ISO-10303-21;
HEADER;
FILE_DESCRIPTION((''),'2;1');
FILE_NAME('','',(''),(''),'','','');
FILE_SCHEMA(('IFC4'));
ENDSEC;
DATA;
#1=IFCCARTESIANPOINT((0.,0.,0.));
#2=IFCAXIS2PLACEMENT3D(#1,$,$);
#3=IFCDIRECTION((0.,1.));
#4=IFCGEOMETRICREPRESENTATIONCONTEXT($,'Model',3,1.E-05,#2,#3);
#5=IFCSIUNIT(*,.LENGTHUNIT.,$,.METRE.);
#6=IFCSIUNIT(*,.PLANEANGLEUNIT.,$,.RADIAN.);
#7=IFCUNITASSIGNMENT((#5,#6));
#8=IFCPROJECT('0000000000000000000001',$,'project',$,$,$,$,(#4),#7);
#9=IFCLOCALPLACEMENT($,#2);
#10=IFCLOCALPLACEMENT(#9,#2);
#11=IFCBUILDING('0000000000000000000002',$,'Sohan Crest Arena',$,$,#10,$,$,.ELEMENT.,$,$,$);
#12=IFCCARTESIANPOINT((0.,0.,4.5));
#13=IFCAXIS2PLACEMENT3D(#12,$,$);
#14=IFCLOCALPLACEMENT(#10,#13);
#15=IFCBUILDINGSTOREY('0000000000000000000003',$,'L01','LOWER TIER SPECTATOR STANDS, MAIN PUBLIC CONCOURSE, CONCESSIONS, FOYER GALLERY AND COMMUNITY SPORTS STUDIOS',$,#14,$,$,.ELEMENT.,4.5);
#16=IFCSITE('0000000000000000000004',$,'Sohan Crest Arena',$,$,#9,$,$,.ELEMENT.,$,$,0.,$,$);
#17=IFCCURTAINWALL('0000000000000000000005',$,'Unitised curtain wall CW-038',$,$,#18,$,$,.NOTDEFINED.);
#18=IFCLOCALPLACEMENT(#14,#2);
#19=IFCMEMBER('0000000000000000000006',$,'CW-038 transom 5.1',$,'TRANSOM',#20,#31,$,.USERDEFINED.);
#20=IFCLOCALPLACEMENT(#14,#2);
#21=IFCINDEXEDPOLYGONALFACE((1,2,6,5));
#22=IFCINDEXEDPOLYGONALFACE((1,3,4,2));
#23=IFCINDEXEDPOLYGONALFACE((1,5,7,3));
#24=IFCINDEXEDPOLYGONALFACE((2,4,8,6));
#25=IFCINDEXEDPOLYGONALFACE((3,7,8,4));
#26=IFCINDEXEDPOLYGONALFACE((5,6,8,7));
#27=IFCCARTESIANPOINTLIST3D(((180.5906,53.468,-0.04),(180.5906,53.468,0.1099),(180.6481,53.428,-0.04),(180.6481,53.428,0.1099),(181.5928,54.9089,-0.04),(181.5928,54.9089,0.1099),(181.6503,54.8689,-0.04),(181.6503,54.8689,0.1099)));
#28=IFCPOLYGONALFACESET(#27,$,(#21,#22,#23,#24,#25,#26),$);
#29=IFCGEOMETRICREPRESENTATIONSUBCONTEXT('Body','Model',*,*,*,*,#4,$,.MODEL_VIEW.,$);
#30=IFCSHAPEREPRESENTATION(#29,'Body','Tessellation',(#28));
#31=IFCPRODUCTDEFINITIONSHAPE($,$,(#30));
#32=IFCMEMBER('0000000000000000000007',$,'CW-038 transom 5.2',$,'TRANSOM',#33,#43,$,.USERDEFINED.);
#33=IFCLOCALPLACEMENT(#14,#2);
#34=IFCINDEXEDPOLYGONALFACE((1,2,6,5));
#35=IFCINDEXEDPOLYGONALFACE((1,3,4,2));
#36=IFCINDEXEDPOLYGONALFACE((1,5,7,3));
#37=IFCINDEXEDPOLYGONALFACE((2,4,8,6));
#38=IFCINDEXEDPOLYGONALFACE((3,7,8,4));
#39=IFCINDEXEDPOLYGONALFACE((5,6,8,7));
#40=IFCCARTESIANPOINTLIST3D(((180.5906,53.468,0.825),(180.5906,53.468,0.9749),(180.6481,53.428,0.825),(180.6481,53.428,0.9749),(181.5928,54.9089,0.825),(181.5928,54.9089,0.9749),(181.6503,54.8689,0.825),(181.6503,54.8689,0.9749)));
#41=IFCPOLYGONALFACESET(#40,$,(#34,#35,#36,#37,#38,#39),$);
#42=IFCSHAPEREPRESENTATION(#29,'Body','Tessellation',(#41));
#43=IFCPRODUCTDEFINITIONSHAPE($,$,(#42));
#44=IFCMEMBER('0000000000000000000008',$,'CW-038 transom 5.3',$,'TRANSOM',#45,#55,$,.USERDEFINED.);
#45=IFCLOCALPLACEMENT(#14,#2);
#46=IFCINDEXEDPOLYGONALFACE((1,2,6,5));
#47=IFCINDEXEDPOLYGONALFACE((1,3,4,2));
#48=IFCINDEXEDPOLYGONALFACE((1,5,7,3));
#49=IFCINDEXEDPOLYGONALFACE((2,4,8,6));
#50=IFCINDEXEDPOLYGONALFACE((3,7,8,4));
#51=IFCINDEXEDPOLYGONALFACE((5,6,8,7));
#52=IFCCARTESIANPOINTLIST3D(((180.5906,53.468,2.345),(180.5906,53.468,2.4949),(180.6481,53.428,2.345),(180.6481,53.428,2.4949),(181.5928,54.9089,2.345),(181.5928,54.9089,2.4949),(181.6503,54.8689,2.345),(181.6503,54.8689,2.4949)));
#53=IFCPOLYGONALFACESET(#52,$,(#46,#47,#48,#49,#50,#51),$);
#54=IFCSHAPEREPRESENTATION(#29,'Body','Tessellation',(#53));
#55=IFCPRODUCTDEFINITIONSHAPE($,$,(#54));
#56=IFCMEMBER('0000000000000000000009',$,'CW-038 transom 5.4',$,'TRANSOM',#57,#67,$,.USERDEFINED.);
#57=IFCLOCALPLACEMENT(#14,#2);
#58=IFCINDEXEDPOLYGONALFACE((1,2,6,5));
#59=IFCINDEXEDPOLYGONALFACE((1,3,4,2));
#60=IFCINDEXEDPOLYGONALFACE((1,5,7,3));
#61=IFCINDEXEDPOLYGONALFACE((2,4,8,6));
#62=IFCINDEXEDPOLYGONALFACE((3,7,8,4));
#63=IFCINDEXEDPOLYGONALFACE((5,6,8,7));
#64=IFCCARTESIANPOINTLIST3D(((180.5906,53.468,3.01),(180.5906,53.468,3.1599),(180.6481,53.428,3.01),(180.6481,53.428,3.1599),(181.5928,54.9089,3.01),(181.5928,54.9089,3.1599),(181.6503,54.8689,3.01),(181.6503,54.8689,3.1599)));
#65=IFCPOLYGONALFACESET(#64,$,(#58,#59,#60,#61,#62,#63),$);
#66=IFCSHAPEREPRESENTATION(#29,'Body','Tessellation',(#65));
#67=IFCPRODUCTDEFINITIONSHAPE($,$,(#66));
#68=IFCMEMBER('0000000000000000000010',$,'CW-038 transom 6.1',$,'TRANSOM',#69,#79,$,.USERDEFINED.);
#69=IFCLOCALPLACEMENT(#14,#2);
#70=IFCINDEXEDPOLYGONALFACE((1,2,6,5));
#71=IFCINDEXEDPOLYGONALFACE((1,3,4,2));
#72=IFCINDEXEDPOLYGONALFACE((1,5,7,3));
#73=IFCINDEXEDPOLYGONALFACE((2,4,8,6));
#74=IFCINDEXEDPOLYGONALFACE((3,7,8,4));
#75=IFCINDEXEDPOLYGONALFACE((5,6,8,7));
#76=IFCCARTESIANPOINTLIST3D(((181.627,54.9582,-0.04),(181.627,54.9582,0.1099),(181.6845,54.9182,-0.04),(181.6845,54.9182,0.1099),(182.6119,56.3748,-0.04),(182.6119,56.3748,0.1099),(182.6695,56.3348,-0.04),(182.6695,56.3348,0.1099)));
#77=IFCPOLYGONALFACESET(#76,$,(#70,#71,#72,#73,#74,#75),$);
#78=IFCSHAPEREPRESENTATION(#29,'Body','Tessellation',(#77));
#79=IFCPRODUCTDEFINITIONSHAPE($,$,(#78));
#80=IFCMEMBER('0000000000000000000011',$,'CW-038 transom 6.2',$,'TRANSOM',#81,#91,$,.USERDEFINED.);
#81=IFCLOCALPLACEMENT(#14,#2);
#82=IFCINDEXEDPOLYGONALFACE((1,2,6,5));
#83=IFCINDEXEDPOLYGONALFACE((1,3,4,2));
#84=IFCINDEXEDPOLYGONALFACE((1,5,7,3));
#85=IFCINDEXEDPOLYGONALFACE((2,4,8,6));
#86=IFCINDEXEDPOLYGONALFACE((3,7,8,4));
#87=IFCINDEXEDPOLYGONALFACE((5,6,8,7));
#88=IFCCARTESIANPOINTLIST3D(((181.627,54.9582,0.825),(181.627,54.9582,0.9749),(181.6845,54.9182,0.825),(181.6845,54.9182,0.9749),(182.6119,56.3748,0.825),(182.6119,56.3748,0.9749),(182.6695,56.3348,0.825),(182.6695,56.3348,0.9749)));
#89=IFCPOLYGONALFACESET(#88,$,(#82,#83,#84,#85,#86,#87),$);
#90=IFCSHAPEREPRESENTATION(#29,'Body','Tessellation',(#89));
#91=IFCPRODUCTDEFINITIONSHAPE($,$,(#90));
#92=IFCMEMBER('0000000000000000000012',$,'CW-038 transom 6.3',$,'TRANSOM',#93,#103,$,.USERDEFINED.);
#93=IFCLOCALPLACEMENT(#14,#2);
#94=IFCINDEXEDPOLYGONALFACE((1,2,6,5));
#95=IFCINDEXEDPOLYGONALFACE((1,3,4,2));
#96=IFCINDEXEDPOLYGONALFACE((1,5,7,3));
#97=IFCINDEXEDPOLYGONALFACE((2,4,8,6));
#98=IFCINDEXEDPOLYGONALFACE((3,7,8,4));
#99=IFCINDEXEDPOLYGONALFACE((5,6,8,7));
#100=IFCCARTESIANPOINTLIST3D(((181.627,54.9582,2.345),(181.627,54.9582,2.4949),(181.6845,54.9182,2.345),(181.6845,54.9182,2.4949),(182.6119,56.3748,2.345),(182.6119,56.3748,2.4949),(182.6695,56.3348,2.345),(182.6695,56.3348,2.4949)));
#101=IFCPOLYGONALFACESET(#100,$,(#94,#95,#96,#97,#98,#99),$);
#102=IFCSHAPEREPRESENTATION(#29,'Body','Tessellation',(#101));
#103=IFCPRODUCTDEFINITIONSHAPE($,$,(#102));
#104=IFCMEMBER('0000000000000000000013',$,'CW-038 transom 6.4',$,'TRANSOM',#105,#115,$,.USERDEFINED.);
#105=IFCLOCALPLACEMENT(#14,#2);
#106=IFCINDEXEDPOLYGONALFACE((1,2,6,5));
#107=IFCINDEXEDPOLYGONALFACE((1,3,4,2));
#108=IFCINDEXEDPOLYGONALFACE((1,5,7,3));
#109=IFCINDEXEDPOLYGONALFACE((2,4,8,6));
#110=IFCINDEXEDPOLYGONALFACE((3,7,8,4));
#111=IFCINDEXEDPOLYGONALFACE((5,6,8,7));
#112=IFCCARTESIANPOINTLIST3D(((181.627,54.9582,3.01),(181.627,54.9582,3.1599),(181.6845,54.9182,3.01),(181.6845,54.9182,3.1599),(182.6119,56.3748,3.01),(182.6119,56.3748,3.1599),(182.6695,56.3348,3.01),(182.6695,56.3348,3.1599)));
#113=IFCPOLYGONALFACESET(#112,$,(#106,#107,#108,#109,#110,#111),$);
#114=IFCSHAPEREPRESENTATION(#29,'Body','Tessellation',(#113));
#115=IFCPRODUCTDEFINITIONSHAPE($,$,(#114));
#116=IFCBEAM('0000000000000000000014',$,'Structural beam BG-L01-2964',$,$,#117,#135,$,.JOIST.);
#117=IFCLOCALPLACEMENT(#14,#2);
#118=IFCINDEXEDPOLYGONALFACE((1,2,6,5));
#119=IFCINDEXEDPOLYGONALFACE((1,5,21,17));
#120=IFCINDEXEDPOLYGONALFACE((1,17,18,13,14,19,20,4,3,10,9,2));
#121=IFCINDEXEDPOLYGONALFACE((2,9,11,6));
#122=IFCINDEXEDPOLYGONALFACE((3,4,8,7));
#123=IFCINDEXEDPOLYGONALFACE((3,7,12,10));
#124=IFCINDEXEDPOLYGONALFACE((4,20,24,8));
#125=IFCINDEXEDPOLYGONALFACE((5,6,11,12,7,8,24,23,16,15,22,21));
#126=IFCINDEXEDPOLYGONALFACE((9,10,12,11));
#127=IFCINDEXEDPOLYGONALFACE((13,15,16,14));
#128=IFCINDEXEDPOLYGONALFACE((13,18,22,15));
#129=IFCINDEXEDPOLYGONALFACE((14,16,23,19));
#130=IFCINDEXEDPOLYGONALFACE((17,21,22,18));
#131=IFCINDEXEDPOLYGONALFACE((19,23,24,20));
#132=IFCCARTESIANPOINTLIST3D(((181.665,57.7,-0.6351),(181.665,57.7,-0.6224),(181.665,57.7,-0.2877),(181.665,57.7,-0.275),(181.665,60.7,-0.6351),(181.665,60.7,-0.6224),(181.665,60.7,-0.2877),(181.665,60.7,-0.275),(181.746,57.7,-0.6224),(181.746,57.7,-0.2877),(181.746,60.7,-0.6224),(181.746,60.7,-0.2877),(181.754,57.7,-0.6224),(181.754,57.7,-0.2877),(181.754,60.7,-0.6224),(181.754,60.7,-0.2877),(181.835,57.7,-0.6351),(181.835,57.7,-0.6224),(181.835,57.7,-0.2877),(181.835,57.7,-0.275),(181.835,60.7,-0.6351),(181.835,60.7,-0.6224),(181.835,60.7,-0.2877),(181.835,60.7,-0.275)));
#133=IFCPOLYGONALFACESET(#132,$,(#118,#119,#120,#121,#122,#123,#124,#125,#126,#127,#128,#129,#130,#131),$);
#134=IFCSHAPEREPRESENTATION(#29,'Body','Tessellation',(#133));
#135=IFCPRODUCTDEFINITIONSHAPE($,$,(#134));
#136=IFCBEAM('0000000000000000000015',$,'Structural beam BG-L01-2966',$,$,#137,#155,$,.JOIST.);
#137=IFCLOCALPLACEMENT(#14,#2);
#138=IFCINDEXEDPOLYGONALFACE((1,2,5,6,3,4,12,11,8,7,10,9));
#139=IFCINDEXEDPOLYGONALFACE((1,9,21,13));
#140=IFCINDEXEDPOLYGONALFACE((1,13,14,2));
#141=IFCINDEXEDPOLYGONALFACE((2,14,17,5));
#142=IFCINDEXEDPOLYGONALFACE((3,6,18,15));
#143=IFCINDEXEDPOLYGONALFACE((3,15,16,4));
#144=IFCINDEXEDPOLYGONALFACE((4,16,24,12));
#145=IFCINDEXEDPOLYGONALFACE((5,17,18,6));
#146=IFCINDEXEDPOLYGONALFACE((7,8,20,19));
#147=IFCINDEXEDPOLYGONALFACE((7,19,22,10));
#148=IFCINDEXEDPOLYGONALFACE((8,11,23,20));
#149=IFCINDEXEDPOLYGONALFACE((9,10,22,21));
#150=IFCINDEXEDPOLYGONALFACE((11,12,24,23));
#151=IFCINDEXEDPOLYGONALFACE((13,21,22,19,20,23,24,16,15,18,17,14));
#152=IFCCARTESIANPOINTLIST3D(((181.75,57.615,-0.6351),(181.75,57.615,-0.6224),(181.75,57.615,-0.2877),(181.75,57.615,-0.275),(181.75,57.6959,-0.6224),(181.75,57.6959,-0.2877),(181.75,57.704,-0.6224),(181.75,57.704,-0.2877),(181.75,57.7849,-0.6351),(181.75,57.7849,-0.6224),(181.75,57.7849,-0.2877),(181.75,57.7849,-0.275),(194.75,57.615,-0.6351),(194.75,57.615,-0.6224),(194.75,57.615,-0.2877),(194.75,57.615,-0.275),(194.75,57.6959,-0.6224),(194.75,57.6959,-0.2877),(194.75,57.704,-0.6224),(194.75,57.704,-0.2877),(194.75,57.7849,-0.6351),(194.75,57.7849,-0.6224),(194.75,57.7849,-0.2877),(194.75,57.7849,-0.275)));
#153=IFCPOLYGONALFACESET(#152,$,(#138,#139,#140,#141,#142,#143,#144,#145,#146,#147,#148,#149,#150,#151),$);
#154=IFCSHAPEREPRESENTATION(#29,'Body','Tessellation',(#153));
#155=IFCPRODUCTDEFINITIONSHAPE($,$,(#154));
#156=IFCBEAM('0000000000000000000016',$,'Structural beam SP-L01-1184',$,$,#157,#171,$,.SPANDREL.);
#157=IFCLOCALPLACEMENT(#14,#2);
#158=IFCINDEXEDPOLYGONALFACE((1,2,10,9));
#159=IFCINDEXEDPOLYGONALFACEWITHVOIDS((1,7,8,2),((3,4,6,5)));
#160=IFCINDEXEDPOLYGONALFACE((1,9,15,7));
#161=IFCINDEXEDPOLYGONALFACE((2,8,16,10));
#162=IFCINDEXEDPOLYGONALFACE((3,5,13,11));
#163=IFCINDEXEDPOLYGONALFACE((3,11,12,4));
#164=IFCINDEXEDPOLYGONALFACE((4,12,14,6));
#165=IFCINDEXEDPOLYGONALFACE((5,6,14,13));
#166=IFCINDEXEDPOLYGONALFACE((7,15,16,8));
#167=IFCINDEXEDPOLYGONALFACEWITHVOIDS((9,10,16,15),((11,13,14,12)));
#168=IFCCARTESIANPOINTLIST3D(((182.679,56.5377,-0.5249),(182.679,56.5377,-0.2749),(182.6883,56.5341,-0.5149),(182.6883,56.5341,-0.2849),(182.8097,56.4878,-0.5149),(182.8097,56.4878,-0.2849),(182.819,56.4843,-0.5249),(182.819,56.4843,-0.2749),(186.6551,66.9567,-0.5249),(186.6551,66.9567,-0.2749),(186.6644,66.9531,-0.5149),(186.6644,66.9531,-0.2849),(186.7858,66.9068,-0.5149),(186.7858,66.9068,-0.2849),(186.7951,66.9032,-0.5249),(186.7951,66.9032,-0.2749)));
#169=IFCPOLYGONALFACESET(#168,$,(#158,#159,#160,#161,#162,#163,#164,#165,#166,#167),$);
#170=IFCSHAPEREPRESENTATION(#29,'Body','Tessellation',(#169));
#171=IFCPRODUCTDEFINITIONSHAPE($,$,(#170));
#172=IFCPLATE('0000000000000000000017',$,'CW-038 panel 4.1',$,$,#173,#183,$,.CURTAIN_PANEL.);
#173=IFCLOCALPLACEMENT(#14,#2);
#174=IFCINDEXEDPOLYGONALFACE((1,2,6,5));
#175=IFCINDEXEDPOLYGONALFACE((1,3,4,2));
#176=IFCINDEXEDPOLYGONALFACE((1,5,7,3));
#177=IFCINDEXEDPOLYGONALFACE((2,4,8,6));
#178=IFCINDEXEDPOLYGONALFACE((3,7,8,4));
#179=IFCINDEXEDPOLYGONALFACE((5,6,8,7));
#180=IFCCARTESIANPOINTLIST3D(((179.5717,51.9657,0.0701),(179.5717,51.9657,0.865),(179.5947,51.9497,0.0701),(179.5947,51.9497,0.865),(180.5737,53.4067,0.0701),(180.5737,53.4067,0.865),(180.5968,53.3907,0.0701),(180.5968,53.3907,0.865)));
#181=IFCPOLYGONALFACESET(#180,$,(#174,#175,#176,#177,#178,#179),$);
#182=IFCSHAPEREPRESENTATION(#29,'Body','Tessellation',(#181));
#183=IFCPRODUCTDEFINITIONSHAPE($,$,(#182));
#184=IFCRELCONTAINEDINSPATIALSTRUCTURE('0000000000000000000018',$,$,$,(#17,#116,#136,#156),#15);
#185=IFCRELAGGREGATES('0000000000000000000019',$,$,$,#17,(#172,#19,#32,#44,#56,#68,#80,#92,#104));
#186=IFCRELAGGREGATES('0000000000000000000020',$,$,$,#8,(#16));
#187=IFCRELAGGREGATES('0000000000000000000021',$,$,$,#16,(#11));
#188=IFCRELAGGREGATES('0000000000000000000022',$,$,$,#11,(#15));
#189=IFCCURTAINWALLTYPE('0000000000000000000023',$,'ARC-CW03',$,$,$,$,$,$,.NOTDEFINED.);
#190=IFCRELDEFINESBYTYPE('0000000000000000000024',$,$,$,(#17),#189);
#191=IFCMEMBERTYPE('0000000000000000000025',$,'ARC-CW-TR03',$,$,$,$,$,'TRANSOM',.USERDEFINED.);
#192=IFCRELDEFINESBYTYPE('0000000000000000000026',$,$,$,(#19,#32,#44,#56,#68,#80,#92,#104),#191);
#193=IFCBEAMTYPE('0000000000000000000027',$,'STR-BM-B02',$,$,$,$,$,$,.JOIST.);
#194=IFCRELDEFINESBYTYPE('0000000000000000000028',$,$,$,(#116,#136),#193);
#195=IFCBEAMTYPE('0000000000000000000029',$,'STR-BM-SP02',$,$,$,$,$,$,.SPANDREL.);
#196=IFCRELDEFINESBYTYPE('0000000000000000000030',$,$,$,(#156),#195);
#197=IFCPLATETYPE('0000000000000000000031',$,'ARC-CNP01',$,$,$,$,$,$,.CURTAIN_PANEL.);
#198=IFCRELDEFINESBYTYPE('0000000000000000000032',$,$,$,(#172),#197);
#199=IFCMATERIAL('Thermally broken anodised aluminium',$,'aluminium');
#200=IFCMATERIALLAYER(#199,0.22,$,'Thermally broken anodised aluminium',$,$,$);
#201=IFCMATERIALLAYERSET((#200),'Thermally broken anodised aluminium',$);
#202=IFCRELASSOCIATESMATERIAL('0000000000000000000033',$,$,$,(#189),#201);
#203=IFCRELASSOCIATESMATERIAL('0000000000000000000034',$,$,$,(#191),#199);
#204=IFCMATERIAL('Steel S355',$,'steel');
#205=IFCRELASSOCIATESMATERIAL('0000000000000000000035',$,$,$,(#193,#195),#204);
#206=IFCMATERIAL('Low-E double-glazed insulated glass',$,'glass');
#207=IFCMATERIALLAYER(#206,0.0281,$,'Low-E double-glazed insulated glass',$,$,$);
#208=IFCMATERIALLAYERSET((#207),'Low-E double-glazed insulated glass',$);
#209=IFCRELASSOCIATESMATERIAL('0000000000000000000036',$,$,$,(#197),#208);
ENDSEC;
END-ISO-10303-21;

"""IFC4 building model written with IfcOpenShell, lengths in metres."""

from ifc_helpers import new_model, si_unit, direction, frame, origin, origin_2d, place, context, subcontext, project, spatial, rectangle, hollow_rectangle, i_section, extrude, material, layer, layer_set, material_profile, profile_set, type_object, element, aggregate, save


model = new_model("IFC4")

# Units and contexts
model_context = context("Model", 3, precision=1e-05, world=origin(), true_north=direction((0.0, 1.0)))
body_context = subcontext(model_context, "Body", "Model", "MODEL_VIEW")
ifc_project = project(units=[si_unit("LENGTHUNIT", "METRE"), si_unit("PLANEANGLEUNIT", "RADIAN")], contexts=[model_context])

# Site, building, storey
site_placement = place(None, origin())
site = spatial("IfcSite", under=ifc_project, at=site_placement, Name="Sohan Crest Arena", CompositionType="ELEMENT", RefElevation=0.0)
building_placement = place(site_placement, origin())
building = spatial("IfcBuilding", under=site, at=building_placement, Name="Sohan Crest Arena", CompositionType="ELEMENT")
storey_placement = place(building_placement, frame((0.0, 0.0, 4.5)))
storey = spatial("IfcBuildingStorey", under=building, at=storey_placement, Name="L01", Description="LOWER TIER SPECTATOR STANDS, MAIN PUBLIC CONCOURSE, CONCESSIONS, FOYER GALLERY AND COMMUNITY SPORTS STUDIOS", CompositionType="ELEMENT", Elevation=4.5)

# Shared definitions
ifc_material_1 = material(Name="Steel S355", Category="steel")

# Curtain wall, members
ifc_material_2 = material(Name="Thermally broken anodised aluminium", Category="aluminium")
ifc_layer_1 = layer(ifc_material_2, 0.22, Name="Thermally broken anodised aluminium")
ifc_layer_set_1 = layer_set([ifc_layer_1], Name="Thermally broken anodised aluminium")
curtain_wall_type = type_object("IfcCurtainWallType", Name="ARC-CW03", PredefinedType="NOTDEFINED", material=ifc_layer_set_1)
curtain_wall_placement = place(storey_placement, origin())
curtain_wall = element("IfcCurtainWall", 1, at=curtain_wall_placement, inside=storey, type_object=curtain_wall_type, Name="Unitised curtain wall CW-038", PredefinedType="NOTDEFINED")
ifc_material_profile_1 = material_profile(ifc_material_2, rectangle(XDim=0.0701, YDim=0.1499, at=origin_2d()), Name="ALU-TRAN 70x150")
ifc_profile_set_1 = profile_set([ifc_material_profile_1], Name="Thermally broken anodised aluminium")
member_type_1 = type_object("IfcMemberType", Name="ARC-CW-TR03", ElementType="TRANSOM", PredefinedType="USERDEFINED", material=ifc_profile_set_1)
member_1_placement = place(storey_placement, frame((180.6194, 53.448, 0.0349), z_axis=(0.570995, 0.820953, 0.0), x_axis=(-0.820953, 0.570995, 0.0)))
member_1 = element("IfcMember", 2, at=member_1_placement, type_object=member_type_1, Name="CW-038 transom 5.1", ObjectType="TRANSOM", PredefinedType="USERDEFINED", context=body_context, shape_type="SweptSolid", body=[
    extrude(rectangle(XDim=0.0701, YDim=0.1499, at=origin_2d()), origin(), (0.0, 0.0, 1.0), 1.7551),
])
member_2_placement = place(storey_placement, frame((180.6194, 53.448, 0.8999), z_axis=(0.570995, 0.820953, 0.0), x_axis=(-0.820953, 0.570995, 0.0)))
member_2 = element("IfcMember", 3, at=member_2_placement, type_object=member_type_1, Name="CW-038 transom 5.2", ObjectType="TRANSOM", PredefinedType="USERDEFINED", context=body_context, shape_type="SweptSolid", body=[
    extrude(rectangle(XDim=0.0701, YDim=0.1499, at=origin_2d()), origin(), (0.0, 0.0, 1.0), 1.7551),
])
member_3_placement = place(storey_placement, frame((180.6194, 53.448, 2.4199), z_axis=(0.570995, 0.820953, 0.0), x_axis=(-0.820953, 0.570995, 0.0)))
member_3 = element("IfcMember", 4, at=member_3_placement, type_object=member_type_1, Name="CW-038 transom 5.3", ObjectType="TRANSOM", PredefinedType="USERDEFINED", context=body_context, shape_type="SweptSolid", body=[
    extrude(rectangle(XDim=0.0701, YDim=0.1499, at=origin_2d()), origin(), (0.0, 0.0, 1.0), 1.7551),
])
member_4_placement = place(storey_placement, frame((180.6194, 53.448, 3.085), z_axis=(0.570995, 0.820953, 0.0), x_axis=(-0.820953, 0.570995, 0.0)))
member_4 = element("IfcMember", 5, at=member_4_placement, type_object=member_type_1, Name="CW-038 transom 5.4", ObjectType="TRANSOM", PredefinedType="USERDEFINED", context=body_context, shape_type="SweptSolid", body=[
    extrude(rectangle(XDim=0.0701, YDim=0.1499, at=origin_2d()), origin(), (0.0, 0.0, 1.0), 1.7551),
])
member_5_placement = place(storey_placement, frame((181.6558, 54.9382, 0.0349), z_axis=(0.570857, 0.821049, 0.0), x_axis=(-0.821049, 0.570857, 0.0)))
member_5 = element("IfcMember", 6, at=member_5_placement, type_object=member_type_1, Name="CW-038 transom 6.1", ObjectType="TRANSOM", PredefinedType="USERDEFINED", context=body_context, shape_type="SweptSolid", body=[
    extrude(rectangle(XDim=0.0701, YDim=0.1499, at=origin_2d()), origin(), (0.0, 0.0, 1.0), 1.7253),
])
member_6_placement = place(storey_placement, frame((181.6558, 54.9382, 0.8999), z_axis=(0.570857, 0.821049, 0.0), x_axis=(-0.821049, 0.570857, 0.0)))
member_6 = element("IfcMember", 7, at=member_6_placement, type_object=member_type_1, Name="CW-038 transom 6.2", ObjectType="TRANSOM", PredefinedType="USERDEFINED", context=body_context, shape_type="SweptSolid", body=[
    extrude(rectangle(XDim=0.0701, YDim=0.1499, at=origin_2d()), origin(), (0.0, 0.0, 1.0), 1.7253),
])
member_7_placement = place(storey_placement, frame((181.6558, 54.9382, 2.4199), z_axis=(0.570857, 0.821049, 0.0), x_axis=(-0.821049, 0.570857, 0.0)))
member_7 = element("IfcMember", 8, at=member_7_placement, type_object=member_type_1, Name="CW-038 transom 6.3", ObjectType="TRANSOM", PredefinedType="USERDEFINED", context=body_context, shape_type="SweptSolid", body=[
    extrude(rectangle(XDim=0.0701, YDim=0.1499, at=origin_2d()), origin(), (0.0, 0.0, 1.0), 1.7253),
])
member_8_placement = place(storey_placement, frame((181.6558, 54.9382, 3.085), z_axis=(0.570857, 0.821049, 0.0), x_axis=(-0.821049, 0.570857, 0.0)))
member_8 = element("IfcMember", 9, at=member_8_placement, type_object=member_type_1, Name="CW-038 transom 6.4", ObjectType="TRANSOM", PredefinedType="USERDEFINED", context=body_context, shape_type="SweptSolid", body=[
    extrude(rectangle(XDim=0.0701, YDim=0.1499, at=origin_2d()), origin(), (0.0, 0.0, 1.0), 1.7253),
])

# Beams
ifc_material_profile_2 = material_profile(ifc_material_1, i_section(OverallWidth=0.1699, OverallDepth=0.3601, WebThickness=0.0081, FlangeThickness=0.0127, at=origin_2d()), Name="IPE 360")
ifc_profile_set_2 = profile_set([ifc_material_profile_2], Name="Steel S355")
beam_type_1 = type_object("IfcBeamType", Name="STR-BM-B02", PredefinedType="JOIST", material=ifc_profile_set_2)
beam_1_placement = place(storey_placement, frame((181.75, 57.7, -0.4551), z_axis=(0.0, 1.0, 0.0), x_axis=(-1.0, 0.0, 0.0)))
element("IfcBeam", 10, at=beam_1_placement, inside=storey, type_object=beam_type_1, Name="Structural beam BG-L01-2964", PredefinedType="JOIST", context=body_context, shape_type="SweptSolid", body=[
    extrude(i_section(OverallWidth=0.1699, OverallDepth=0.3601, WebThickness=0.0081, FlangeThickness=0.0127, at=origin_2d()), origin(), (0.0, 0.0, 1.0), 3.0),
])
beam_2_placement = place(storey_placement, frame((181.75, 57.7, -0.4551), z_axis=(1.0, 0.0, 0.0), x_axis=(0.0, 1.0, 0.0)))
element("IfcBeam", 11, at=beam_2_placement, inside=storey, type_object=beam_type_1, Name="Structural beam BG-L01-2966", PredefinedType="JOIST", context=body_context, shape_type="SweptSolid", body=[
    extrude(i_section(OverallWidth=0.1699, OverallDepth=0.3601, WebThickness=0.0081, FlangeThickness=0.0127, at=origin_2d()), origin(), (0.0, 0.0, 1.0), 13.0),
])
ifc_material_profile_3 = material_profile(ifc_material_1, hollow_rectangle(XDim=0.1499, YDim=0.25, WallThickness=0.01, at=origin_2d()), Name="RHS 250x150x10")
ifc_profile_set_3 = profile_set([ifc_material_profile_3], Name="Steel S355")
beam_type_2 = type_object("IfcBeamType", Name="STR-BM-SP02", PredefinedType="SPANDREL", material=ifc_profile_set_3)
beam_3_placement = place(storey_placement, frame((182.749, 56.511, -0.3999), z_axis=(0.35654, 0.93428, 0.0), x_axis=(-0.93428, 0.35654, 0.0)))
element("IfcBeam", 12, at=beam_3_placement, inside=storey, type_object=beam_type_2, Name="Structural beam SP-L01-1184", PredefinedType="SPANDREL", context=body_context, shape_type="SweptSolid", body=[
    extrude(hollow_rectangle(XDim=0.1499, YDim=0.25, WallThickness=0.01, at=origin_2d()), origin(), (0.0, 0.0, 1.0), 11.1519),
])

# Plate
ifc_material_3 = material(Name="Low-E double-glazed insulated glass", Category="glass")
ifc_layer_2 = layer(ifc_material_3, 0.0281, Name="Low-E double-glazed insulated glass")
ifc_layer_set_2 = layer_set([ifc_layer_2], Name="Low-E double-glazed insulated glass")
plate_type = type_object("IfcPlateType", Name="ARC-CNP01", PredefinedType="CURTAIN_PANEL", material=ifc_layer_set_2)
plate_1_placement = place(storey_placement, frame((180.0842, 52.6782, 0.0701), z_axis=(0.0, 0.0, 1.0), x_axis=(0.570908, 0.821014, 0.0)))
plate_1 = element("IfcPlate", 13, at=plate_1_placement, type_object=plate_type, Name="CW-038 panel 4.1", PredefinedType="CURTAIN_PANEL", context=body_context, shape_type="SweptSolid", body=[
    extrude(rectangle(XDim=1.7551, YDim=0.0281, at=origin_2d()), origin(), (0.0, 0.0, 1.0), 0.7949),
])
aggregate(curtain_wall, [plate_1, member_1, member_2, member_3, member_4, member_5, member_6, member_7, member_8])

save(model, "model.ifc")
